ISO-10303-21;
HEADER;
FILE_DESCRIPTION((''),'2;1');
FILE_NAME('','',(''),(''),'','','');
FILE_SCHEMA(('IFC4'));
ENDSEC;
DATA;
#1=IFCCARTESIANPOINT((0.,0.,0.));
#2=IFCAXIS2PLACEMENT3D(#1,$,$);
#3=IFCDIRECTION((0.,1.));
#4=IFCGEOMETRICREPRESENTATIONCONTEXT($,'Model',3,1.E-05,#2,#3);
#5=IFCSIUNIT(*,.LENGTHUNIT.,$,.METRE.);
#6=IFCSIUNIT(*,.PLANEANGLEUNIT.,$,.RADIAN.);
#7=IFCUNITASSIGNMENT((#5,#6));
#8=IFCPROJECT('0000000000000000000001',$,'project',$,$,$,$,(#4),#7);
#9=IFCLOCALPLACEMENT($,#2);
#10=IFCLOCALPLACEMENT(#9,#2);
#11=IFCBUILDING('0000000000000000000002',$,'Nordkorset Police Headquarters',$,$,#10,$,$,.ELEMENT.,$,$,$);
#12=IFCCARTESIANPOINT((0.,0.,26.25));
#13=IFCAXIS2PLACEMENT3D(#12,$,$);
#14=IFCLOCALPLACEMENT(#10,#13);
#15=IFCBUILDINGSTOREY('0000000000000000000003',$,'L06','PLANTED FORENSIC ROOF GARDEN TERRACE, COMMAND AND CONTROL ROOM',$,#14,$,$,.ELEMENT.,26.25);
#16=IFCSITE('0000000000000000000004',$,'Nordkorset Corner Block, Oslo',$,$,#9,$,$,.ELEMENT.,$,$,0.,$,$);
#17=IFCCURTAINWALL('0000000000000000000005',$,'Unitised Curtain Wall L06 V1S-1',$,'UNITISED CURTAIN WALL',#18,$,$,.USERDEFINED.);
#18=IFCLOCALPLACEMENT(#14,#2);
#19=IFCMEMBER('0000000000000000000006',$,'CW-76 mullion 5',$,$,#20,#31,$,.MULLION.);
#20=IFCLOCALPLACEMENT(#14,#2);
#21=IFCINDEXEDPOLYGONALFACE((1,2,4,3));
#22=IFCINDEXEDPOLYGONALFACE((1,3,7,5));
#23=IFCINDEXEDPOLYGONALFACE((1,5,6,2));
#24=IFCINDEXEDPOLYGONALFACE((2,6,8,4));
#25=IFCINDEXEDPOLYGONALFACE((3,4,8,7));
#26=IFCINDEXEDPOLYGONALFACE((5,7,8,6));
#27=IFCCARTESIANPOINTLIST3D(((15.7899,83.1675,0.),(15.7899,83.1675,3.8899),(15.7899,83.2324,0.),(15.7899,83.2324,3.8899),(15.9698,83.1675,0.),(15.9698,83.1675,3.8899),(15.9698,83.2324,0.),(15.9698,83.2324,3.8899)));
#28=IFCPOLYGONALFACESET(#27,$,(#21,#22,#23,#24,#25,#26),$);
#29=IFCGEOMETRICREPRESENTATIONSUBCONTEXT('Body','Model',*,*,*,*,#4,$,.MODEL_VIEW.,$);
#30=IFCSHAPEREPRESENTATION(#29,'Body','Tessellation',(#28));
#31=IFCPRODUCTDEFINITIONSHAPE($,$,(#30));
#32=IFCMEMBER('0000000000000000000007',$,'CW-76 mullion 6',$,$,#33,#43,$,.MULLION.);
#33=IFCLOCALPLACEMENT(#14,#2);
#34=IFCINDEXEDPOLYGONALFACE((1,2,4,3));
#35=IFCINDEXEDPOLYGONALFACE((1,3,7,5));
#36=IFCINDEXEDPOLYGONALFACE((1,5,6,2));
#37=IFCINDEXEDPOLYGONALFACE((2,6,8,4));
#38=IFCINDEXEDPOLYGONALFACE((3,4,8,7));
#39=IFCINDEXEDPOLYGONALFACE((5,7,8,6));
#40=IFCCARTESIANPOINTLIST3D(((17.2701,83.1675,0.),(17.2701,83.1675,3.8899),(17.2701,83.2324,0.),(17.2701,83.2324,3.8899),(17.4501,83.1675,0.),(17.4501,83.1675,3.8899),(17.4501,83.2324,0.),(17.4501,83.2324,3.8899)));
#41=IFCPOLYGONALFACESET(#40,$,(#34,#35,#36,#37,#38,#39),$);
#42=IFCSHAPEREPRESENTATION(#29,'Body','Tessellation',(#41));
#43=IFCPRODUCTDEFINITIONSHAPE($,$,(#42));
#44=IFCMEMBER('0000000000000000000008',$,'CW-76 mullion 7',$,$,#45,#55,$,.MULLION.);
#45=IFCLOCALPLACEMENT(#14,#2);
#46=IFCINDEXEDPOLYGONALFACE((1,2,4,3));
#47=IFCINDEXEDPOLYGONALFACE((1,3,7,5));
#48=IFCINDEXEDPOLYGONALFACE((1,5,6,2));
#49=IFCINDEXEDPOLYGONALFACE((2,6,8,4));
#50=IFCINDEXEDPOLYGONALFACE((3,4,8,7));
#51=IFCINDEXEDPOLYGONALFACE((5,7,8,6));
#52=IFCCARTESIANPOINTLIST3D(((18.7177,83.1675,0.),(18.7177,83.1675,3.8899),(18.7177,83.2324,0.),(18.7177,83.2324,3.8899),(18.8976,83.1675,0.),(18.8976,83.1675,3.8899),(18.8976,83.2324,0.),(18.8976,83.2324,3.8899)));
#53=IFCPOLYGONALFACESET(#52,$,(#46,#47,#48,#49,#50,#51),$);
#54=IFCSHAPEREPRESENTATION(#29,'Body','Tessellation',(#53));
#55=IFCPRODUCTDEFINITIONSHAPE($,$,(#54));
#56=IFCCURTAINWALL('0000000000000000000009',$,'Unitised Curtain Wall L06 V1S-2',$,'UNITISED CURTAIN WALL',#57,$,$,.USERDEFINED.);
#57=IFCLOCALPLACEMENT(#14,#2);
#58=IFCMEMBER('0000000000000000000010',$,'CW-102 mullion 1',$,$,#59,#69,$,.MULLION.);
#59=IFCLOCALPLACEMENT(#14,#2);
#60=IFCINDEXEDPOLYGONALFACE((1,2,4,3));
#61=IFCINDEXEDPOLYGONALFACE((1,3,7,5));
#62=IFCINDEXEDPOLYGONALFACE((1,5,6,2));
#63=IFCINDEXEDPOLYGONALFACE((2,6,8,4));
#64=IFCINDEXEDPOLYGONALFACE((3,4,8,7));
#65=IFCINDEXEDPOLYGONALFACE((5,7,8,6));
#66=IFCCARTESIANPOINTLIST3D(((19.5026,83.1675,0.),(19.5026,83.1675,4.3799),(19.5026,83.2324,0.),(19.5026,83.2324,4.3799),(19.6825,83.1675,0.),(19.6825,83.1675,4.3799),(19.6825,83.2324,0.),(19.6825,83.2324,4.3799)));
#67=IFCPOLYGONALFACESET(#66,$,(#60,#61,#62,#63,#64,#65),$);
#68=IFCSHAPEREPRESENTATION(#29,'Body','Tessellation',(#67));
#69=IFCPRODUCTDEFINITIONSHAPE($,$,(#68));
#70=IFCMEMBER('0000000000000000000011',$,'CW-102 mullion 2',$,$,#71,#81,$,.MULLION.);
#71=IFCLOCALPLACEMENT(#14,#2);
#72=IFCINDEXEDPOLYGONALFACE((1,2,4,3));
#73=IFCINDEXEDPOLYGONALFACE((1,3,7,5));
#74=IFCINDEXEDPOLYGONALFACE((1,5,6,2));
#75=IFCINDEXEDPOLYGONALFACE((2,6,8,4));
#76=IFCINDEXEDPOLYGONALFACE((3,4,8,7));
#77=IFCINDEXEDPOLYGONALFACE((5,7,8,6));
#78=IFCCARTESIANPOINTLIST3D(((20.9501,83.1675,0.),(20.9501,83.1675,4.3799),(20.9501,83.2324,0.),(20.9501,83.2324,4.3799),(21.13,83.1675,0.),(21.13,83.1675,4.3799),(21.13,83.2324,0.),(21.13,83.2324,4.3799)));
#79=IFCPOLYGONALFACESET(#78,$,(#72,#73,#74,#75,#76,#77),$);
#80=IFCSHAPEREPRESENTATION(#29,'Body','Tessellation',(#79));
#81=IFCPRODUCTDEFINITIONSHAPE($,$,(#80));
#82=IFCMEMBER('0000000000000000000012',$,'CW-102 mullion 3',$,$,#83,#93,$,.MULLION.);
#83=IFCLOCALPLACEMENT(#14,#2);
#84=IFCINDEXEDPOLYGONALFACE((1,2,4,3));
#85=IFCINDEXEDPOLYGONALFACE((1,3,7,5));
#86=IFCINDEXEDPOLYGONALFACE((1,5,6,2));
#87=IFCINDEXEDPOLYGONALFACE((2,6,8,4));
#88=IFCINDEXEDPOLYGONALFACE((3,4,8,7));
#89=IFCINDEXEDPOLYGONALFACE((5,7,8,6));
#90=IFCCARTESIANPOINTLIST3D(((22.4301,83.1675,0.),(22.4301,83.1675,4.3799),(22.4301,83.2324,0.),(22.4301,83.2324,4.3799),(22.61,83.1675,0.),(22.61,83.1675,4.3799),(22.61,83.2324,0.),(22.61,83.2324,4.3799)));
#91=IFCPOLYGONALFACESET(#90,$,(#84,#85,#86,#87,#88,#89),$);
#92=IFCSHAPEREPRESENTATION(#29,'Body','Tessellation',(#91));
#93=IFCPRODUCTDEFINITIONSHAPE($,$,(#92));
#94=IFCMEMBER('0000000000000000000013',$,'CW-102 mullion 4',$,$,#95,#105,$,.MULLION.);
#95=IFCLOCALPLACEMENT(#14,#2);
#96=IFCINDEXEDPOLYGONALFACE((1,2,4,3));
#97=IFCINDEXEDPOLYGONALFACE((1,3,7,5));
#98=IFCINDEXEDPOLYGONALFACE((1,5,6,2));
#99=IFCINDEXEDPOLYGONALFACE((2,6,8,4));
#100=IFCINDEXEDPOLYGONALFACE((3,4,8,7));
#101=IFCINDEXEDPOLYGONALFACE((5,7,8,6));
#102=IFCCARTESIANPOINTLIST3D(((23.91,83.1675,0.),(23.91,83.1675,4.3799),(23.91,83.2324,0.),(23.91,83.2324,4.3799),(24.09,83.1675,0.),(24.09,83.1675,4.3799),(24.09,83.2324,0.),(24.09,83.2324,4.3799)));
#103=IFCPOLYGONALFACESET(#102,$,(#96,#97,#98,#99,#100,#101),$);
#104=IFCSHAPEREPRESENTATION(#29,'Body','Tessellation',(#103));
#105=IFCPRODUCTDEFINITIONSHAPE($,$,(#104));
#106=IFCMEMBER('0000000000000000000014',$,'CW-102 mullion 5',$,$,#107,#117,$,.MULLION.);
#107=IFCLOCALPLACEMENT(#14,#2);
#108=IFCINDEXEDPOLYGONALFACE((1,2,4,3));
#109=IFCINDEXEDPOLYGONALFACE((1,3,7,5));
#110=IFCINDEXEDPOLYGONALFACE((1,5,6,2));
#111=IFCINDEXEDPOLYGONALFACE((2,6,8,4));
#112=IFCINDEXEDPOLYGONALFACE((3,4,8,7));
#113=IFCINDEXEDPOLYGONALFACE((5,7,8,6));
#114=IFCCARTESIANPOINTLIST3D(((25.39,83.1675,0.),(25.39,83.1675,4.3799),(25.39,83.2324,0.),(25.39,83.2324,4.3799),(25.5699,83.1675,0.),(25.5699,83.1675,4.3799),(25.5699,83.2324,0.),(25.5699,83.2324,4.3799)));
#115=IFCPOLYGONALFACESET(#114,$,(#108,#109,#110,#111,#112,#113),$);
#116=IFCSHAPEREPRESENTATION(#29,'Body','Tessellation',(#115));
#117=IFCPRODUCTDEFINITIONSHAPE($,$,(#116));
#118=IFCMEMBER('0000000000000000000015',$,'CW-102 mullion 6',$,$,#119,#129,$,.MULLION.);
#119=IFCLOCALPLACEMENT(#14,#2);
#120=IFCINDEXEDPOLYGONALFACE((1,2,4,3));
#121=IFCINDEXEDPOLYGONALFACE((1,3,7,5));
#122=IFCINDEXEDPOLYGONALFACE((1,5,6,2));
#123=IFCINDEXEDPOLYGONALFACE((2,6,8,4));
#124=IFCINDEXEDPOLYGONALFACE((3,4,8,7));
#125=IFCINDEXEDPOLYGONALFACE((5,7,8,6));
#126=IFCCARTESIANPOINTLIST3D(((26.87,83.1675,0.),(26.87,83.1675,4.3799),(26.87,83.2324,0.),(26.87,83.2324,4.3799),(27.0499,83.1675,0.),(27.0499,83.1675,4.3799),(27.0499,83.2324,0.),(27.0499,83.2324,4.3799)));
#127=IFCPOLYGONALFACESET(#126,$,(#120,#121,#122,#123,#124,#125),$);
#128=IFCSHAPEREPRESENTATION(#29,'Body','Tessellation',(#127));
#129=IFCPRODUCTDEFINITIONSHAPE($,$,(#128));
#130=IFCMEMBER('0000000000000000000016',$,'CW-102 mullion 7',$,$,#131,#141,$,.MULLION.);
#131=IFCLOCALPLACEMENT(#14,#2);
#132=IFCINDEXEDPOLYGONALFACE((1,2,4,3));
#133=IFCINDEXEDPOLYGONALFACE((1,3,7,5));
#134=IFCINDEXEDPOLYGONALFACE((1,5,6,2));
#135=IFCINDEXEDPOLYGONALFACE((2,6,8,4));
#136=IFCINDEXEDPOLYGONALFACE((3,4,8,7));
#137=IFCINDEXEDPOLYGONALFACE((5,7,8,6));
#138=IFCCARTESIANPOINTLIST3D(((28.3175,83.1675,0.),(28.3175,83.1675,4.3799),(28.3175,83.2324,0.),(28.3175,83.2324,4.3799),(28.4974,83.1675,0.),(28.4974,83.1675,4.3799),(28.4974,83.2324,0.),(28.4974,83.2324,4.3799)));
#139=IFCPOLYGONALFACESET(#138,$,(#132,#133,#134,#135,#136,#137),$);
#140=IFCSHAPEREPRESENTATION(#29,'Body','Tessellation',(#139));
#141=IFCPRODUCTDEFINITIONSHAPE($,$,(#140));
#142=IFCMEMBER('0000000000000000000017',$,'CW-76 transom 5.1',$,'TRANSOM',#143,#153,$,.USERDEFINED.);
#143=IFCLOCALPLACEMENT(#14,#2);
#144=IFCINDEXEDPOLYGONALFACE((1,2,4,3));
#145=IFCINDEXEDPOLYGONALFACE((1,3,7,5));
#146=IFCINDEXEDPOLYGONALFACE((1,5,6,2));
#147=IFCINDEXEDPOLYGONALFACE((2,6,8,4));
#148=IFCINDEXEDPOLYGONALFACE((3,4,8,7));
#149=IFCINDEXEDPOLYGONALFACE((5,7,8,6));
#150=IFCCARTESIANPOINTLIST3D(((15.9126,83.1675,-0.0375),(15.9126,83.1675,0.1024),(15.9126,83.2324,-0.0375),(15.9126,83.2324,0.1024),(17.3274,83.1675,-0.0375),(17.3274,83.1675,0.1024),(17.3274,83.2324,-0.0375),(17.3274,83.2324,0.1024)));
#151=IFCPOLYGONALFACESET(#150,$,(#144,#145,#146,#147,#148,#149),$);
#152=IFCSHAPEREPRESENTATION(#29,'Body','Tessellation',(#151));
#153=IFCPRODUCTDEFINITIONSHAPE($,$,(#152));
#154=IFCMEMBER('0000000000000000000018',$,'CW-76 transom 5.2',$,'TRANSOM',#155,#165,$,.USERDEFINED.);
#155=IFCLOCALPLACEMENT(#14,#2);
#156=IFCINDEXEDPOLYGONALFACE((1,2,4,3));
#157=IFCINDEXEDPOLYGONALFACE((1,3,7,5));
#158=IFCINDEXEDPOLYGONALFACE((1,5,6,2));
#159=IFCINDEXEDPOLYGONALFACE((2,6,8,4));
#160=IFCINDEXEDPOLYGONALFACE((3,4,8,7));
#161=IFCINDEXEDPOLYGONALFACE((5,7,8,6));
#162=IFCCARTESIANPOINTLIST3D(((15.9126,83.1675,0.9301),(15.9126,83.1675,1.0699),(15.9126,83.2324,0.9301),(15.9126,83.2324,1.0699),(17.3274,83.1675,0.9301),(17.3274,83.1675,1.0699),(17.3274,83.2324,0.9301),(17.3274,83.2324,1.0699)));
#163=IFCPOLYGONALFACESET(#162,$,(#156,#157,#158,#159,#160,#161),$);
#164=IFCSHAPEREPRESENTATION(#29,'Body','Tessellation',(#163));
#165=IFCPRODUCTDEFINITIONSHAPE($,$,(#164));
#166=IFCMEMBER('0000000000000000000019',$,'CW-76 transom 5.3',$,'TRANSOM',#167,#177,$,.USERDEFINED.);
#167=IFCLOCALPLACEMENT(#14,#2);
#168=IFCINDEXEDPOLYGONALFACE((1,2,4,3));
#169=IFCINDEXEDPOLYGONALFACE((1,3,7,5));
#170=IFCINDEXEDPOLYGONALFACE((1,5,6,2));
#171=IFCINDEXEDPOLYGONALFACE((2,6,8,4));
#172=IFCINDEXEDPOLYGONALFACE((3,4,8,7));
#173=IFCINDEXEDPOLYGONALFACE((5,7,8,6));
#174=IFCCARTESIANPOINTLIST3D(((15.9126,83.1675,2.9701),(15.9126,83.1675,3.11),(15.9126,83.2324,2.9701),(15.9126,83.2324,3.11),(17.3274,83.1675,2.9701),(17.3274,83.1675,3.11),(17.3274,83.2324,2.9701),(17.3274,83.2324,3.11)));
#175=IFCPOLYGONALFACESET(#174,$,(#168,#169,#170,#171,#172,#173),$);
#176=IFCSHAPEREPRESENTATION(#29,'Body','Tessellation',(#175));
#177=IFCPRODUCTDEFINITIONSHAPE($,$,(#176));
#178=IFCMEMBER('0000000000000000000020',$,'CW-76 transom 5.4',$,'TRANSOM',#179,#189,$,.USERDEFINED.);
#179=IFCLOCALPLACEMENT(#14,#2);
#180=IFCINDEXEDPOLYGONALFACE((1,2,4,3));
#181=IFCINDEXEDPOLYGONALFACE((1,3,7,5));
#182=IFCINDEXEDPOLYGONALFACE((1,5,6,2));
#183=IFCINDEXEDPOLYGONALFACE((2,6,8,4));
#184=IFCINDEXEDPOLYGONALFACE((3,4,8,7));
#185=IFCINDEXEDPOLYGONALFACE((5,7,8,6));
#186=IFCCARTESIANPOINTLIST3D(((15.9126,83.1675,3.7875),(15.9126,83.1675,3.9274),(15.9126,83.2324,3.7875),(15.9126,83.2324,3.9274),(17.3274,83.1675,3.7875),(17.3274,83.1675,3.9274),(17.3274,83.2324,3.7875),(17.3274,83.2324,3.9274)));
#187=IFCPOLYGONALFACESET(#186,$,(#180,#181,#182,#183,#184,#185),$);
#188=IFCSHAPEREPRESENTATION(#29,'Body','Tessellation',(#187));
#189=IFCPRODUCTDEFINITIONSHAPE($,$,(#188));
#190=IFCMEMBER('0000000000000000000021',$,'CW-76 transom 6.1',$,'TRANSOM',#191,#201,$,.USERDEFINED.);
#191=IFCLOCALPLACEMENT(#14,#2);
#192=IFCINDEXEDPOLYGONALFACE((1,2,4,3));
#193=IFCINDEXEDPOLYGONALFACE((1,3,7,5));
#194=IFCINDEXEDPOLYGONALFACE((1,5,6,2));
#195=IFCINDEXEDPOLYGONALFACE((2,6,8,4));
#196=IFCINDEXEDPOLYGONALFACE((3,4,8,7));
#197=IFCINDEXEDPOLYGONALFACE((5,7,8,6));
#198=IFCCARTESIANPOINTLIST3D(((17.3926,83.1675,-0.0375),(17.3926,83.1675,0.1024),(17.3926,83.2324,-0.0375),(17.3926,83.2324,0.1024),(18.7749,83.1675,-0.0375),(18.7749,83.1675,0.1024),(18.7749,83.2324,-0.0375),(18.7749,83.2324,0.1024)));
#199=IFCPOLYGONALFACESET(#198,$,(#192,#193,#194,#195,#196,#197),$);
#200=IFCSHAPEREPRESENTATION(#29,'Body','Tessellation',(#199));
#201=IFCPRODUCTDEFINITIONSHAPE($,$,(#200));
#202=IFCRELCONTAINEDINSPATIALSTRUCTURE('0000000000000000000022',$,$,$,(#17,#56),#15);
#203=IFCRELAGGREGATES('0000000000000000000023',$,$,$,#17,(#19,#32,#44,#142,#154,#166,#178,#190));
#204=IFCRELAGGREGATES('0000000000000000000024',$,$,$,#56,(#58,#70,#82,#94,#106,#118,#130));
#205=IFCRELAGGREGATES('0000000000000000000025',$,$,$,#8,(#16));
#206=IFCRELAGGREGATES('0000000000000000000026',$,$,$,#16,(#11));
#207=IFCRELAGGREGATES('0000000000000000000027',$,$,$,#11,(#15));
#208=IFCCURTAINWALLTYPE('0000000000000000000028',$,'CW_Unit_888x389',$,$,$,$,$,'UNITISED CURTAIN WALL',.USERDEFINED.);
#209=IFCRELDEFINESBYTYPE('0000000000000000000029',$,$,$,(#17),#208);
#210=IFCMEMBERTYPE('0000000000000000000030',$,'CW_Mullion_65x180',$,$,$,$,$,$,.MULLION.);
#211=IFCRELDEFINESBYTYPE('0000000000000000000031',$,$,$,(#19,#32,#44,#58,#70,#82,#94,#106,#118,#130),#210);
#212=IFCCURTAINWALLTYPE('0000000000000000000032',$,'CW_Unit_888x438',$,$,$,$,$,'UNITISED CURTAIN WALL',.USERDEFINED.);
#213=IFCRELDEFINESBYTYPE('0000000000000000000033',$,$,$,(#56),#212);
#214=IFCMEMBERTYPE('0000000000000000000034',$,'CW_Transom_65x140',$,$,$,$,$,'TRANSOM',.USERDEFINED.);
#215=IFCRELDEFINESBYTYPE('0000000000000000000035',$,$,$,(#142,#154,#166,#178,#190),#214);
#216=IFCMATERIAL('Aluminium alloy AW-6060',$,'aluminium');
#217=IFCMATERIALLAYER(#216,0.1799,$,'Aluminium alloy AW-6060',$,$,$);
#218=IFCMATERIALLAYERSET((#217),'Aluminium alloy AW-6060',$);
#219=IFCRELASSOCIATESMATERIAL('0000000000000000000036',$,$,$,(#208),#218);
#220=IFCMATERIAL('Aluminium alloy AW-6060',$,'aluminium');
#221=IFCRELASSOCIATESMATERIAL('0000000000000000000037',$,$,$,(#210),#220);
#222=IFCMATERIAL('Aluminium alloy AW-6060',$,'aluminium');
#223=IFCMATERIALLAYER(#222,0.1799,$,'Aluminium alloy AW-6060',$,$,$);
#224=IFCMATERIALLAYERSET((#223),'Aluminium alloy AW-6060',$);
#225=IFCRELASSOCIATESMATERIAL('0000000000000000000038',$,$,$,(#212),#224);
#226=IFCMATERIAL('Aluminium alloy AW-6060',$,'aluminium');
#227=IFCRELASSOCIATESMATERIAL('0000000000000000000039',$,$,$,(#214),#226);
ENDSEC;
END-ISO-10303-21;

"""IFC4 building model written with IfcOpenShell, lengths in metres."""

from ifc_helpers import new_model, si_unit, direction, frame, origin, origin_2d, place, context, subcontext, project, spatial, rectangle, extrude, material, layer, layer_set, material_profile, profile_set, type_object, element, aggregate, save


model = new_model("IFC4")

# Units and contexts
model_context = context("Model", 3, precision=1e-05, world=origin(), true_north=direction((0.0, 1.0)))
body_context = subcontext(model_context, "Body", "Model", "MODEL_VIEW")
ifc_project = project(units=[si_unit("LENGTHUNIT", "METRE"), si_unit("PLANEANGLEUNIT", "RADIAN")], contexts=[model_context])

# Site, building, storey
site_placement = place(None, origin())
site = spatial("IfcSite", under=ifc_project, at=site_placement, Name="Nordkorset Corner Block, Oslo", CompositionType="ELEMENT", RefElevation=0.0)
building_placement = place(site_placement, origin())
building = spatial("IfcBuilding", under=site, at=building_placement, Name="Nordkorset Police Headquarters", CompositionType="ELEMENT")
storey_placement = place(building_placement, frame((0.0, 0.0, 26.25)))
storey = spatial("IfcBuildingStorey", under=building, at=storey_placement, Name="L06", Description="PLANTED FORENSIC ROOF GARDEN TERRACE, COMMAND AND CONTROL ROOM", CompositionType="ELEMENT", Elevation=26.25)

# Curtain walls, members
ifc_material_1 = material(Name="Aluminium alloy AW-6060", Category="aluminium")
ifc_layer_1 = layer(ifc_material_1, 0.1799, Name="Aluminium alloy AW-6060")
ifc_layer_set_1 = layer_set([ifc_layer_1], Name="Aluminium alloy AW-6060")
curtain_wall_type_1 = type_object("IfcCurtainWallType", Name="CW_Unit_888x389", ElementType="UNITISED CURTAIN WALL", PredefinedType="USERDEFINED", material=ifc_layer_set_1)
curtain_wall_1_placement = place(storey_placement, origin())
curtain_wall_1 = element("IfcCurtainWall", 1, at=curtain_wall_1_placement, inside=storey, type_object=curtain_wall_type_1, Name="Unitised Curtain Wall L06 V1S-1", ObjectType="UNITISED CURTAIN WALL", PredefinedType="USERDEFINED")
ifc_material_2 = material(Name="Aluminium alloy AW-6060", Category="aluminium")
ifc_material_profile_1 = material_profile(ifc_material_2, rectangle(XDim=0.0649, YDim=0.1799, at=origin_2d()), Name="ALU MULL 65x180")
ifc_profile_set_1 = profile_set([ifc_material_profile_1], Name="Aluminium alloy AW-6060")
member_type_1 = type_object("IfcMemberType", Name="CW_Mullion_65x180", PredefinedType="MULLION", material=ifc_profile_set_1)
member_1_placement = place(storey_placement, frame((15.8799, 83.2, 0.0), z_axis=(0.0, 0.0, 1.0), x_axis=(0.0, 1.0, 0.0)))
member_1 = element("IfcMember", 2, at=member_1_placement, type_object=member_type_1, Name="CW-76 mullion 5", PredefinedType="MULLION", context=body_context, shape_type="SweptSolid", body=[
    extrude(rectangle(XDim=0.0649, YDim=0.1799, at=origin_2d()), origin(), (0.0, 0.0, 1.0), 3.8899),
])
member_2_placement = place(storey_placement, frame((17.3601, 83.2, 0.0), z_axis=(0.0, 0.0, 1.0), x_axis=(0.0, 1.0, 0.0)))
member_2 = element("IfcMember", 3, at=member_2_placement, type_object=member_type_1, Name="CW-76 mullion 6", PredefinedType="MULLION", context=body_context, shape_type="SweptSolid", body=[
    extrude(rectangle(XDim=0.0649, YDim=0.1799, at=origin_2d()), origin(), (0.0, 0.0, 1.0), 3.8899),
])
member_3_placement = place(storey_placement, frame((18.8076, 83.2, 0.0), z_axis=(0.0, 0.0, 1.0), x_axis=(0.0, 1.0, 0.0)))
member_3 = element("IfcMember", 4, at=member_3_placement, type_object=member_type_1, Name="CW-76 mullion 7", PredefinedType="MULLION", context=body_context, shape_type="SweptSolid", body=[
    extrude(rectangle(XDim=0.0649, YDim=0.1799, at=origin_2d()), origin(), (0.0, 0.0, 1.0), 3.8899),
])
ifc_material_3 = material(Name="Aluminium alloy AW-6060", Category="aluminium")
ifc_layer_2 = layer(ifc_material_3, 0.1799, Name="Aluminium alloy AW-6060")
ifc_layer_set_2 = layer_set([ifc_layer_2], Name="Aluminium alloy AW-6060")
curtain_wall_type_2 = type_object("IfcCurtainWallType", Name="CW_Unit_888x438", ElementType="UNITISED CURTAIN WALL", PredefinedType="USERDEFINED", material=ifc_layer_set_2)
curtain_wall_2_placement = place(storey_placement, origin())
curtain_wall_2 = element("IfcCurtainWall", 5, at=curtain_wall_2_placement, inside=storey, type_object=curtain_wall_type_2, Name="Unitised Curtain Wall L06 V1S-2", ObjectType="UNITISED CURTAIN WALL", PredefinedType="USERDEFINED")
member_4_placement = place(storey_placement, frame((19.5925, 83.2, 0.0), z_axis=(0.0, 0.0, 1.0), x_axis=(0.0, 1.0, 0.0)))
member_4 = element("IfcMember", 6, at=member_4_placement, type_object=member_type_1, Name="CW-102 mullion 1", PredefinedType="MULLION", context=body_context, shape_type="SweptSolid", body=[
    extrude(rectangle(XDim=0.0649, YDim=0.1799, at=origin_2d()), origin(), (0.0, 0.0, 1.0), 4.3799),
])
member_5_placement = place(storey_placement, frame((21.04, 83.2, 0.0), z_axis=(0.0, 0.0, 1.0), x_axis=(0.0, 1.0, 0.0)))
member_5 = element("IfcMember", 7, at=member_5_placement, type_object=member_type_1, Name="CW-102 mullion 2", PredefinedType="MULLION", context=body_context, shape_type="SweptSolid", body=[
    extrude(rectangle(XDim=0.0649, YDim=0.1799, at=origin_2d()), origin(), (0.0, 0.0, 1.0), 4.3799),
])
member_6_placement = place(storey_placement, frame((22.52, 83.2, 0.0), z_axis=(0.0, 0.0, 1.0), x_axis=(0.0, 1.0, 0.0)))
member_6 = element("IfcMember", 8, at=member_6_placement, type_object=member_type_1, Name="CW-102 mullion 3", PredefinedType="MULLION", context=body_context, shape_type="SweptSolid", body=[
    extrude(rectangle(XDim=0.0649, YDim=0.1799, at=origin_2d()), origin(), (0.0, 0.0, 1.0), 4.3799),
])
member_7_placement = place(storey_placement, frame((24.0, 83.2, 0.0), z_axis=(0.0, 0.0, 1.0), x_axis=(0.0, 1.0, 0.0)))
member_7 = element("IfcMember", 9, at=member_7_placement, type_object=member_type_1, Name="CW-102 mullion 4", PredefinedType="MULLION", context=body_context, shape_type="SweptSolid", body=[
    extrude(rectangle(XDim=0.0649, YDim=0.1799, at=origin_2d()), origin(), (0.0, 0.0, 1.0), 4.3799),
])
member_8_placement = place(storey_placement, frame((25.48, 83.2, 0.0), z_axis=(0.0, 0.0, 1.0), x_axis=(0.0, 1.0, 0.0)))
member_8 = element("IfcMember", 10, at=member_8_placement, type_object=member_type_1, Name="CW-102 mullion 5", PredefinedType="MULLION", context=body_context, shape_type="SweptSolid", body=[
    extrude(rectangle(XDim=0.0649, YDim=0.1799, at=origin_2d()), origin(), (0.0, 0.0, 1.0), 4.3799),
])
member_9_placement = place(storey_placement, frame((26.96, 83.2, 0.0), z_axis=(0.0, 0.0, 1.0), x_axis=(0.0, 1.0, 0.0)))
member_9 = element("IfcMember", 11, at=member_9_placement, type_object=member_type_1, Name="CW-102 mullion 6", PredefinedType="MULLION", context=body_context, shape_type="SweptSolid", body=[
    extrude(rectangle(XDim=0.0649, YDim=0.1799, at=origin_2d()), origin(), (0.0, 0.0, 1.0), 4.3799),
])
member_10_placement = place(storey_placement, frame((28.4075, 83.2, 0.0), z_axis=(0.0, 0.0, 1.0), x_axis=(0.0, 1.0, 0.0)))
member_10 = element("IfcMember", 12, at=member_10_placement, type_object=member_type_1, Name="CW-102 mullion 7", PredefinedType="MULLION", context=body_context, shape_type="SweptSolid", body=[
    extrude(rectangle(XDim=0.0649, YDim=0.1799, at=origin_2d()), origin(), (0.0, 0.0, 1.0), 4.3799),
])

# Members
ifc_material_4 = material(Name="Aluminium alloy AW-6060", Category="aluminium")
ifc_material_profile_2 = material_profile(ifc_material_4, rectangle(XDim=0.0649, YDim=0.1399, at=origin_2d()), Name="ALU TRAN 65x140")
ifc_profile_set_2 = profile_set([ifc_material_profile_2], Name="Aluminium alloy AW-6060")
member_type_2 = type_object("IfcMemberType", Name="CW_Transom_65x140", ElementType="TRANSOM", PredefinedType="USERDEFINED", material=ifc_profile_set_2)
member_11_placement = place(storey_placement, frame((15.9126, 83.2, 0.0325), z_axis=(1.0, 0.0, 0.0), x_axis=(0.0, 1.0, 0.0)))
member_11 = element("IfcMember", 13, at=member_11_placement, type_object=member_type_2, Name="CW-76 transom 5.1", ObjectType="TRANSOM", PredefinedType="USERDEFINED", context=body_context, shape_type="SweptSolid", body=[
    extrude(rectangle(XDim=0.0649, YDim=0.1399, at=origin_2d()), origin(), (0.0, 0.0, 1.0), 1.4148),
])
member_12_placement = place(storey_placement, frame((15.9126, 83.2, 1.0), z_axis=(1.0, 0.0, 0.0), x_axis=(0.0, 1.0, 0.0)))
member_12 = element("IfcMember", 14, at=member_12_placement, type_object=member_type_2, Name="CW-76 transom 5.2", ObjectType="TRANSOM", PredefinedType="USERDEFINED", context=body_context, shape_type="SweptSolid", body=[
    extrude(rectangle(XDim=0.0649, YDim=0.1399, at=origin_2d()), origin(), (0.0, 0.0, 1.0), 1.4148),
])
member_13_placement = place(storey_placement, frame((15.9126, 83.2, 3.04), z_axis=(1.0, 0.0, 0.0), x_axis=(0.0, 1.0, 0.0)))
member_13 = element("IfcMember", 15, at=member_13_placement, type_object=member_type_2, Name="CW-76 transom 5.3", ObjectType="TRANSOM", PredefinedType="USERDEFINED", context=body_context, shape_type="SweptSolid", body=[
    extrude(rectangle(XDim=0.0649, YDim=0.1399, at=origin_2d()), origin(), (0.0, 0.0, 1.0), 1.4148),
])
member_14_placement = place(storey_placement, frame((15.9126, 83.2, 3.8574), z_axis=(1.0, 0.0, 0.0), x_axis=(0.0, 1.0, 0.0)))
member_14 = element("IfcMember", 16, at=member_14_placement, type_object=member_type_2, Name="CW-76 transom 5.4", ObjectType="TRANSOM", PredefinedType="USERDEFINED", context=body_context, shape_type="SweptSolid", body=[
    extrude(rectangle(XDim=0.0649, YDim=0.1399, at=origin_2d()), origin(), (0.0, 0.0, 1.0), 1.4148),
])
member_15_placement = place(storey_placement, frame((17.3926, 83.2, 0.0325), z_axis=(1.0, 0.0, 0.0), x_axis=(0.0, 1.0, 0.0)))
member_15 = element("IfcMember", 17, at=member_15_placement, type_object=member_type_2, Name="CW-76 transom 6.1", ObjectType="TRANSOM", PredefinedType="USERDEFINED", context=body_context, shape_type="SweptSolid", body=[
    extrude(rectangle(XDim=0.0649, YDim=0.1399, at=origin_2d()), origin(), (0.0, 0.0, 1.0), 1.3823),
])

aggregate(curtain_wall_1, [member_1, member_2, member_3, member_11, member_12, member_13, member_14, member_15])
aggregate(curtain_wall_2, [member_4, member_5, member_6, member_7, member_8, member_9, member_10])

save(model, "model.ifc")
